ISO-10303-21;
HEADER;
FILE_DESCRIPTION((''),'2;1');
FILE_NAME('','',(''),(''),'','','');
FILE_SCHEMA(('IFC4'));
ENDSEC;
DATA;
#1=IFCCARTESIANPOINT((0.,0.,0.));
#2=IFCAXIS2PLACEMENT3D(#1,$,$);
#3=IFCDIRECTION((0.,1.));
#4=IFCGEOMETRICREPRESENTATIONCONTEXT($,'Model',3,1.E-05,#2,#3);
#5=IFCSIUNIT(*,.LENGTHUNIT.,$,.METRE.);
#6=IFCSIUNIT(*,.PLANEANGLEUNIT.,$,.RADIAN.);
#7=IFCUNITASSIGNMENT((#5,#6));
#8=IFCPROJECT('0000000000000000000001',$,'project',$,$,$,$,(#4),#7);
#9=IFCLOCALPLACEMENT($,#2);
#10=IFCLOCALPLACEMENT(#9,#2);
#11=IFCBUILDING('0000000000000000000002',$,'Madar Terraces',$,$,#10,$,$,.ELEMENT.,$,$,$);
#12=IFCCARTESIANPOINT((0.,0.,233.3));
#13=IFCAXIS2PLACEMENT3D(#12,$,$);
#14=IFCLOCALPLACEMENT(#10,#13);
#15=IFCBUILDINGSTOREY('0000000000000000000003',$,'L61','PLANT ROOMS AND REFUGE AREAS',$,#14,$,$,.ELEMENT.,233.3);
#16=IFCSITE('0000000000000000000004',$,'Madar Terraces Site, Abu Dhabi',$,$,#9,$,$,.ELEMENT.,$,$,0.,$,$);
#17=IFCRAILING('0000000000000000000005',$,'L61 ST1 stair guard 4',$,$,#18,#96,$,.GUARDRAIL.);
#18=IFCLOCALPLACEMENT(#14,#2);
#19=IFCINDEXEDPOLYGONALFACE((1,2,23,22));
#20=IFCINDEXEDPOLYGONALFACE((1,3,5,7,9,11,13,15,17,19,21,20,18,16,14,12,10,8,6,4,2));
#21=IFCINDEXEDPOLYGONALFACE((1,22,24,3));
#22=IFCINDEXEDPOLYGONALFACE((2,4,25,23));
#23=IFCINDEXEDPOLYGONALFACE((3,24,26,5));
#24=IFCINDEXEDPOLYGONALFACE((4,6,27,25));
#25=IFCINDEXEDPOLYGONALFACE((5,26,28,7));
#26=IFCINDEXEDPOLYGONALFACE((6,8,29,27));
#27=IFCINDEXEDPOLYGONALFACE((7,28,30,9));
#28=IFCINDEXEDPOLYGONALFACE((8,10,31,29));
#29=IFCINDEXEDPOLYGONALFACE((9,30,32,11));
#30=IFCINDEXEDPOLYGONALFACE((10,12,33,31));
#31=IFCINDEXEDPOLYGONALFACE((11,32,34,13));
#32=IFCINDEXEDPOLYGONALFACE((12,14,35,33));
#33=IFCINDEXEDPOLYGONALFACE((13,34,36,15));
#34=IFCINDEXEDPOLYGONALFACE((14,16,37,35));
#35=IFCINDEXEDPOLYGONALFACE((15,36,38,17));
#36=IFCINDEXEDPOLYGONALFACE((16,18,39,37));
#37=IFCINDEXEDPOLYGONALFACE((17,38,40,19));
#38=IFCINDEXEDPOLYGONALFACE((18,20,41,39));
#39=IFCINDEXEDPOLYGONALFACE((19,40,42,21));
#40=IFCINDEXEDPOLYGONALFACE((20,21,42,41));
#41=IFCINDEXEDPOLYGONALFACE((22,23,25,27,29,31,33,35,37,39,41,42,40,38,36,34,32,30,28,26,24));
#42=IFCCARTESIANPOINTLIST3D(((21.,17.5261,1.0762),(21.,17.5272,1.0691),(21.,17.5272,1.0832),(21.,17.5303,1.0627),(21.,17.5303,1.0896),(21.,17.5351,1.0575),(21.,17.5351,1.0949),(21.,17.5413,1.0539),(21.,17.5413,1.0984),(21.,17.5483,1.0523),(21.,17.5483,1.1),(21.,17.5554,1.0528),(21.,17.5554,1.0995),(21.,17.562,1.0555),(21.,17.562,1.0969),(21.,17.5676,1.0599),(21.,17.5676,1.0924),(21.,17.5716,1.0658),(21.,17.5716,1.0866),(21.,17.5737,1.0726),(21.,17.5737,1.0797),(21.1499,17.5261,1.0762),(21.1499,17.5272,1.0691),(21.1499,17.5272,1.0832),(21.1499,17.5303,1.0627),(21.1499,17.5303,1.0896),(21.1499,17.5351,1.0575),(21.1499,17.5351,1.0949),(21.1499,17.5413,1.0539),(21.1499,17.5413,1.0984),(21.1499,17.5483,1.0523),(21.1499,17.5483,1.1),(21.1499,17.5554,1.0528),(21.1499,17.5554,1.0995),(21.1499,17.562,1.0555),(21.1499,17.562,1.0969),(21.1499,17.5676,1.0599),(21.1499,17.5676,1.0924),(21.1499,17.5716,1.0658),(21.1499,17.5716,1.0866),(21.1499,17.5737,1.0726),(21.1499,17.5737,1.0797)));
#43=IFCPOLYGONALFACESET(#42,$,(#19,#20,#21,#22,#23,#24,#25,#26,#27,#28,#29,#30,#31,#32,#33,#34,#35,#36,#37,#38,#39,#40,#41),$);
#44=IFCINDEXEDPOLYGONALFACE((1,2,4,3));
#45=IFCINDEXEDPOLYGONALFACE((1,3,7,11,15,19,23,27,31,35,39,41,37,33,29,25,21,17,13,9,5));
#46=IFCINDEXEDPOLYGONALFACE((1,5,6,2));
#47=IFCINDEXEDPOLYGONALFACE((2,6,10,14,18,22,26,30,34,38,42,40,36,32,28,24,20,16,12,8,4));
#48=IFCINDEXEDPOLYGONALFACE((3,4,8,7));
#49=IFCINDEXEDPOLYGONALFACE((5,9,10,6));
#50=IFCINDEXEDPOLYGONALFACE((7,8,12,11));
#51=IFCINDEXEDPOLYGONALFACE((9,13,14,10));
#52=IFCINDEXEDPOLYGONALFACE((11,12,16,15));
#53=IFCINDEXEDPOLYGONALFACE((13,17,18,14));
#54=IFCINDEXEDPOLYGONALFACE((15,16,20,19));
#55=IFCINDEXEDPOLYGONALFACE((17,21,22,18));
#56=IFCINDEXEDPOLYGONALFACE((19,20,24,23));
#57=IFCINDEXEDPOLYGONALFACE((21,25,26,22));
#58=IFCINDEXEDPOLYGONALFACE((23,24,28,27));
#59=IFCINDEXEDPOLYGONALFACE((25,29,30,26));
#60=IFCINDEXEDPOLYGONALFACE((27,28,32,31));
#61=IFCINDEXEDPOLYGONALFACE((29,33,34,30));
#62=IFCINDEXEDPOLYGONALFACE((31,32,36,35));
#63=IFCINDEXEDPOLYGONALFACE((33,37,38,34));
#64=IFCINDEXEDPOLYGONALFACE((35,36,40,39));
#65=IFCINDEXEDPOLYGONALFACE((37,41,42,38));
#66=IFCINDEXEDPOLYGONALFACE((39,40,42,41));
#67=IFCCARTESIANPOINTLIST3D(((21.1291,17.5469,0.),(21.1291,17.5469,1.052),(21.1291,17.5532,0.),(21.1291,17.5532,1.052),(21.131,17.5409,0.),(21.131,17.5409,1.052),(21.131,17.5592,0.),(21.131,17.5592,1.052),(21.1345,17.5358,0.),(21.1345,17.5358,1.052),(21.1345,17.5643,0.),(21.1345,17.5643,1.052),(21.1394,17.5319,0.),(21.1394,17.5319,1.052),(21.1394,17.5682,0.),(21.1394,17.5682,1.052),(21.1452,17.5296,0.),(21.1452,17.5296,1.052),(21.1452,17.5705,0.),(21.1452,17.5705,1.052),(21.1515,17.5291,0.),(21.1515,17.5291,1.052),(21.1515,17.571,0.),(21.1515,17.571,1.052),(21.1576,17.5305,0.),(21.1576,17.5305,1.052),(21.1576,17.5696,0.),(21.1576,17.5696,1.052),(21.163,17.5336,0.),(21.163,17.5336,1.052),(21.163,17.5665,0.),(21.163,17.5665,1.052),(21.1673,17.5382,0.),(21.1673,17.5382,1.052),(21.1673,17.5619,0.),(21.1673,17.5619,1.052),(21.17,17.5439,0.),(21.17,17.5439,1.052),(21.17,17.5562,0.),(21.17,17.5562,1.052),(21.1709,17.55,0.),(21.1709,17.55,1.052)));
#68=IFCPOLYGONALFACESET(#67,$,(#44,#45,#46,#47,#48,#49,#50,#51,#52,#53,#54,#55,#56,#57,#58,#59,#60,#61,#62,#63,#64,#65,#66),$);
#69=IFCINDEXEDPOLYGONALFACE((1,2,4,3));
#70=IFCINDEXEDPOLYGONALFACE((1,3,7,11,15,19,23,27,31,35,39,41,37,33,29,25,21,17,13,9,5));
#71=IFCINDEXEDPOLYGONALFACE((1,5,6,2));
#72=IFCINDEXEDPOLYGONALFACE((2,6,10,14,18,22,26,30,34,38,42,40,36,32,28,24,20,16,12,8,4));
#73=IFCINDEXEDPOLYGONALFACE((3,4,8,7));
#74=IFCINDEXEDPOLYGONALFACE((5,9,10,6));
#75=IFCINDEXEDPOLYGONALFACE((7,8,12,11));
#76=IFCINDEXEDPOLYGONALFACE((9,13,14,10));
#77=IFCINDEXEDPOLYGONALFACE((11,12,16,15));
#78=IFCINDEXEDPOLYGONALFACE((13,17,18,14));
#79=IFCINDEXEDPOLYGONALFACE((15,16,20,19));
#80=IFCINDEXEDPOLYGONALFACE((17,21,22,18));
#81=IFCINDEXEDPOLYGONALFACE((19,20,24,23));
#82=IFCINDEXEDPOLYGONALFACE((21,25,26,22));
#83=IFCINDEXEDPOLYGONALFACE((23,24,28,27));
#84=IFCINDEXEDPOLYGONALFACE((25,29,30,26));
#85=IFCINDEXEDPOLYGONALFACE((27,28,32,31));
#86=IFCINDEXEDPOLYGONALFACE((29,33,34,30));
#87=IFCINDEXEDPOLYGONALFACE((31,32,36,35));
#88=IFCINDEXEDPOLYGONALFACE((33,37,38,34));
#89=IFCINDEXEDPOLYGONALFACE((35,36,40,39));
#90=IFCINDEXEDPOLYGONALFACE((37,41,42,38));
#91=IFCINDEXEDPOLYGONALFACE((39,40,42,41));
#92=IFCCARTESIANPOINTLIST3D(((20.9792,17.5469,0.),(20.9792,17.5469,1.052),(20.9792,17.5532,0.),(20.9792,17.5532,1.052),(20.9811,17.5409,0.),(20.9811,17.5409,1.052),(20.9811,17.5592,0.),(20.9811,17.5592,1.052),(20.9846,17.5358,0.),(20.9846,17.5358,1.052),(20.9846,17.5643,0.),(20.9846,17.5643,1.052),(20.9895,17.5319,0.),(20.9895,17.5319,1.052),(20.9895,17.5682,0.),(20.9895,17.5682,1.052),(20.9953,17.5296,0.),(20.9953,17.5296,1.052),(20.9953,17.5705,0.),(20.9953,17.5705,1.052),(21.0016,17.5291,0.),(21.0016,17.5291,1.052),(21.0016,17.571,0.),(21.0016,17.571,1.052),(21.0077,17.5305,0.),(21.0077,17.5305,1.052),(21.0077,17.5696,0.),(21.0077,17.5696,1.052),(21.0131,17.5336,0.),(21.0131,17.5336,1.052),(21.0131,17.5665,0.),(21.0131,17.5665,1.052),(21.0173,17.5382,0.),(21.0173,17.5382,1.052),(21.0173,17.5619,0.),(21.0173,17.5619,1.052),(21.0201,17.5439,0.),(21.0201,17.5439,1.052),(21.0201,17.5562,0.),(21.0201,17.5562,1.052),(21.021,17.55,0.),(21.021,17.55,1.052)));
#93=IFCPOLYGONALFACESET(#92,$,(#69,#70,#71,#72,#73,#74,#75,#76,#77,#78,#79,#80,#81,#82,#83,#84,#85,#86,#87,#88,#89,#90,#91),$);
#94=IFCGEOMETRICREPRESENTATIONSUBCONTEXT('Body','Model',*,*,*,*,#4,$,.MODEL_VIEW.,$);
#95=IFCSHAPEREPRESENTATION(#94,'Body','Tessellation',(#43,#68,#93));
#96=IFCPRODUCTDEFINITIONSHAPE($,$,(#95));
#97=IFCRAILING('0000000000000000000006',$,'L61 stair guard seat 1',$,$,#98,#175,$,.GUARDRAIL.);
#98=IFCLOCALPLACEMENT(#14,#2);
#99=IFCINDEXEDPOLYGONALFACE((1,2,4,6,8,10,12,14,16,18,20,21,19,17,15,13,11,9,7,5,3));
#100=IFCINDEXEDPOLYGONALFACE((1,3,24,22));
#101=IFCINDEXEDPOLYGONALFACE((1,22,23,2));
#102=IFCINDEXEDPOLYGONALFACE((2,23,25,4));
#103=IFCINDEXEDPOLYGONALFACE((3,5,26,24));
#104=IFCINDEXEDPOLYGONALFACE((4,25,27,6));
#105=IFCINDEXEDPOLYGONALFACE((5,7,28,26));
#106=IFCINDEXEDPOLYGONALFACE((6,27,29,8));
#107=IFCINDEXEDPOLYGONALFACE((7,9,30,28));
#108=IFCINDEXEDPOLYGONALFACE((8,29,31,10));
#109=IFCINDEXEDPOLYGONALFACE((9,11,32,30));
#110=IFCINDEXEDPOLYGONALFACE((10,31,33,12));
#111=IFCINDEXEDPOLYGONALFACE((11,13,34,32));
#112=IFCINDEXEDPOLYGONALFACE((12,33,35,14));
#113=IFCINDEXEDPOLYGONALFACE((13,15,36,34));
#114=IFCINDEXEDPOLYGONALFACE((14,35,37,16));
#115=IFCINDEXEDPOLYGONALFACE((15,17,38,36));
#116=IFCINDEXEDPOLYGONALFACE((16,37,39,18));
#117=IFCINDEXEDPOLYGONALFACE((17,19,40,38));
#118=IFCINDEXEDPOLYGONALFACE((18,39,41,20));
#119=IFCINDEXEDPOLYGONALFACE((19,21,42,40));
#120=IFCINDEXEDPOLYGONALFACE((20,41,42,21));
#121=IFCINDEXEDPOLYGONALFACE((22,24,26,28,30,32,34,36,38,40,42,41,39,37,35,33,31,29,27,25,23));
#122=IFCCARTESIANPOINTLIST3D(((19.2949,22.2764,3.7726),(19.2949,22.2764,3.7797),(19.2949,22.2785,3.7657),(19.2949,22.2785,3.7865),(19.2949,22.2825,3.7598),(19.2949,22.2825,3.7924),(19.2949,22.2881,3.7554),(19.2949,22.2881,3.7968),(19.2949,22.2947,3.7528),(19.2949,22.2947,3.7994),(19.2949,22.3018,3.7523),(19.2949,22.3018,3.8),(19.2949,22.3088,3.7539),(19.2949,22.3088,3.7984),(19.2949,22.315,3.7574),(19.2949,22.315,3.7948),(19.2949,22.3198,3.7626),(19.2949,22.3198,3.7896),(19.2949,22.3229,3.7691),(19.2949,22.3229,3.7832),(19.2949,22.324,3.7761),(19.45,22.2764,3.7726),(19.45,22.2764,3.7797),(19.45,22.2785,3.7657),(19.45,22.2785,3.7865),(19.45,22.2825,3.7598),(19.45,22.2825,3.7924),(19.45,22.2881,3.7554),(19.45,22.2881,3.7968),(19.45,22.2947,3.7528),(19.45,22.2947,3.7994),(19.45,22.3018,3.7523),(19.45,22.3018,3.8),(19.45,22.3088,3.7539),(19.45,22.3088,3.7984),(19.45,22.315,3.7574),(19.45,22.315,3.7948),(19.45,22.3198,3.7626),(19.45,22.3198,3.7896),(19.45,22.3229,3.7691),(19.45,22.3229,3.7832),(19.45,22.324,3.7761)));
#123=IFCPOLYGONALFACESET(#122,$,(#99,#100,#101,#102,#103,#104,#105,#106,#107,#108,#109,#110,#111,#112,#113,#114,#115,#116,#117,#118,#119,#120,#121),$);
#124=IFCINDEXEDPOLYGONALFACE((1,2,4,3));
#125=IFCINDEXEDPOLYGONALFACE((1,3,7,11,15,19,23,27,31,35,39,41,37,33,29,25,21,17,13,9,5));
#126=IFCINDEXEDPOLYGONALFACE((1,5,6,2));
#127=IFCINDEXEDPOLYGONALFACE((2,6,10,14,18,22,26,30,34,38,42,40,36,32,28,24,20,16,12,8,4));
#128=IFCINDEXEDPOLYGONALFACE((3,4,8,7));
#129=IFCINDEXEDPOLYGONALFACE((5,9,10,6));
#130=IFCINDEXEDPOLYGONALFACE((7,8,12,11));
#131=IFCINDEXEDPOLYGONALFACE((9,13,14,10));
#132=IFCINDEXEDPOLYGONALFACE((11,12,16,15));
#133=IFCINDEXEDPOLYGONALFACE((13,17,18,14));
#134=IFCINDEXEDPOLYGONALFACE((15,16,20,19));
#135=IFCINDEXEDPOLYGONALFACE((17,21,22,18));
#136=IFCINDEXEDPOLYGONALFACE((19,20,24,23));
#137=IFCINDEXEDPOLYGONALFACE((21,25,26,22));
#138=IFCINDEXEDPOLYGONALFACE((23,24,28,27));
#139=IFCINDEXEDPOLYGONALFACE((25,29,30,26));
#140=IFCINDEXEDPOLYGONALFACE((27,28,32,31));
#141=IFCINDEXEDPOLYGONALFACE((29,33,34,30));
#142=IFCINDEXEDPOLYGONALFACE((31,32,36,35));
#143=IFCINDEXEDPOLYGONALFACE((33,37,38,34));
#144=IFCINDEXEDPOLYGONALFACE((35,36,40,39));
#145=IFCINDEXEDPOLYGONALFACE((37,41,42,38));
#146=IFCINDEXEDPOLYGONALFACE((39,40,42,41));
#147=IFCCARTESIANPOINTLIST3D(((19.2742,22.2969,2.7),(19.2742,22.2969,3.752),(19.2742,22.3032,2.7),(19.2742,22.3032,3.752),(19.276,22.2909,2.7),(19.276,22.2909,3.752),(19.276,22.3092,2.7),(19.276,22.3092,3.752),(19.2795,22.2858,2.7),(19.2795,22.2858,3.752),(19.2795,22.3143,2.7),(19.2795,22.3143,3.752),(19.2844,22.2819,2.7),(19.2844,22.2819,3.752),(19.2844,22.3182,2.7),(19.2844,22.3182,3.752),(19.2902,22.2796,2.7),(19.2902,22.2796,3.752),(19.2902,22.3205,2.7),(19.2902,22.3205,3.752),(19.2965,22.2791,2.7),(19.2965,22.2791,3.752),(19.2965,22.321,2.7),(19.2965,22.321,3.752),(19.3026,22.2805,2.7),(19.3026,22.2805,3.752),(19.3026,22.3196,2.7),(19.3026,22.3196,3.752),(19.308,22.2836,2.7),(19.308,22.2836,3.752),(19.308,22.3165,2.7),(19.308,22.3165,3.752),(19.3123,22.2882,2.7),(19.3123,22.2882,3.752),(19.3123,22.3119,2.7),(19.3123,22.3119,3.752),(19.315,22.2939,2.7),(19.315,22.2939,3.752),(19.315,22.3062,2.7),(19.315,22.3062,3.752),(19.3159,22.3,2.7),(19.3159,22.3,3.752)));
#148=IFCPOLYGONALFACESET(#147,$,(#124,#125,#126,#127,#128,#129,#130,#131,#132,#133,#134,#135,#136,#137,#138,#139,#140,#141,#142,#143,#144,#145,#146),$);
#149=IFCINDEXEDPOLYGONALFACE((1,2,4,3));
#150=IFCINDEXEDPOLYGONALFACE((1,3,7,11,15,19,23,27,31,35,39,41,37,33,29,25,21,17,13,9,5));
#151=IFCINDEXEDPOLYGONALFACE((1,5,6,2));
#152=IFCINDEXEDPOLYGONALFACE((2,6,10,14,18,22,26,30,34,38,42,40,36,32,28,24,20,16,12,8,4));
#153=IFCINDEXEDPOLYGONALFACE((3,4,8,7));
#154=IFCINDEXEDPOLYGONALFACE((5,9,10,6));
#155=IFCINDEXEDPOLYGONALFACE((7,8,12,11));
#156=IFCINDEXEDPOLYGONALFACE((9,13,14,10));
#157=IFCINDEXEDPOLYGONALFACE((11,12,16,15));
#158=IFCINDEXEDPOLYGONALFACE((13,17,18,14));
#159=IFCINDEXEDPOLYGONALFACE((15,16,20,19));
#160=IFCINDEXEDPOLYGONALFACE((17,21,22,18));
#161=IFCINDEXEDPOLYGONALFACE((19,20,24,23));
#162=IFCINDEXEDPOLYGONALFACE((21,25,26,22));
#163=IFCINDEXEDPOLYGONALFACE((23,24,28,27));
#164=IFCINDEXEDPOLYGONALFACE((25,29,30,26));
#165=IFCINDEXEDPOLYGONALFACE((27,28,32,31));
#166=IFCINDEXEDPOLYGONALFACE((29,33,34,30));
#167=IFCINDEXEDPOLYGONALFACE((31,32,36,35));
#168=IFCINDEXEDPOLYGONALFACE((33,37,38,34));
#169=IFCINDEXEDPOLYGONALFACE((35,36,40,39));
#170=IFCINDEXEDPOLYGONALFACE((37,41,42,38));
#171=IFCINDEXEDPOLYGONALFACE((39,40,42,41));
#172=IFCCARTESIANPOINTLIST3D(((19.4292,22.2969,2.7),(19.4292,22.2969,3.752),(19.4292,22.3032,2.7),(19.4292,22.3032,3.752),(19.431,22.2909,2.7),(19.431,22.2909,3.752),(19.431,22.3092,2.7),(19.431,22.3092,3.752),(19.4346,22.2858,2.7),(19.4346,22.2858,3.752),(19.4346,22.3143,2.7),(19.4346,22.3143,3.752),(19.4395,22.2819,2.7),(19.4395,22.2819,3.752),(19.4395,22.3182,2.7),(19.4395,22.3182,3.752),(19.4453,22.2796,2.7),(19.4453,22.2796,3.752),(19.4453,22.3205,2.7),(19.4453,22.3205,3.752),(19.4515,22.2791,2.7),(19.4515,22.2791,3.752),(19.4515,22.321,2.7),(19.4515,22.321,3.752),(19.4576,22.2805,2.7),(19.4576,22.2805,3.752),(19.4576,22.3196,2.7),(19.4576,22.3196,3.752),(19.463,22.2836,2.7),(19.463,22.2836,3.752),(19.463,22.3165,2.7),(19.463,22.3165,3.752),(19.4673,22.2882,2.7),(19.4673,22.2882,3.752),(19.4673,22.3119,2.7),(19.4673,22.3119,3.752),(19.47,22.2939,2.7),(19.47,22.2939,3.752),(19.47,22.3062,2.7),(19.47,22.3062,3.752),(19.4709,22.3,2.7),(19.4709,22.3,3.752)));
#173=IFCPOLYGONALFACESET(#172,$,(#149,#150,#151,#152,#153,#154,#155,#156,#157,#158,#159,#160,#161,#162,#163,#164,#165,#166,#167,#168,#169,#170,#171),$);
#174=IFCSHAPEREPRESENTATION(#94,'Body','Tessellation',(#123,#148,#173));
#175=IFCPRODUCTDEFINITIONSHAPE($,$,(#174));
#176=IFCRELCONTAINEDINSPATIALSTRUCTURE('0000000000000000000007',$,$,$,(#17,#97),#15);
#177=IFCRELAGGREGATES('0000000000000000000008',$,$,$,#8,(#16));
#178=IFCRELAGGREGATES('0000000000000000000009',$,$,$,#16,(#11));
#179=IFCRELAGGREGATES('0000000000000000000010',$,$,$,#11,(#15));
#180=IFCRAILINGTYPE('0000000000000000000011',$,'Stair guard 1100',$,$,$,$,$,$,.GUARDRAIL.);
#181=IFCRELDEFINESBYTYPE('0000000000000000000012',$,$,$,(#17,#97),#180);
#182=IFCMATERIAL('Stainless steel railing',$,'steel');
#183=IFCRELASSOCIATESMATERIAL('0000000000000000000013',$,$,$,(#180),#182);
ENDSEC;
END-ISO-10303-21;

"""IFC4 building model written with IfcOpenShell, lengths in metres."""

from ifc_helpers import new_model, si_unit, direction, frame, origin, origin_2d, place, context, subcontext, project, spatial, circle, extrude, material, type_object, element, save


model = new_model("IFC4")

# Units and contexts
model_context = context("Model", 3, precision=1e-05, world=origin(), true_north=direction((0.0, 1.0)))
body_context = subcontext(model_context, "Body", "Model", "MODEL_VIEW")
ifc_project = project(units=[si_unit("LENGTHUNIT", "METRE"), si_unit("PLANEANGLEUNIT", "RADIAN")], contexts=[model_context])

# Site, building, storey
site_placement = place(None, origin())
site = spatial("IfcSite", under=ifc_project, at=site_placement, Name="Madar Terraces Site, Abu Dhabi", CompositionType="ELEMENT", RefElevation=0.0)
building_placement = place(site_placement, origin())
building = spatial("IfcBuilding", under=site, at=building_placement, Name="Madar Terraces", CompositionType="ELEMENT")
storey_placement = place(building_placement, frame((0.0, 0.0, 233.3)))
storey = spatial("IfcBuildingStorey", under=building, at=storey_placement, Name="L61", Description="PLANT ROOMS AND REFUGE AREAS", CompositionType="ELEMENT", Elevation=233.3)

# Railings
ifc_material_1 = material(Name="Stainless steel railing", Category="steel")
railing_type_1 = type_object("IfcRailingType", Name="Stair guard 1100", PredefinedType="GUARDRAIL", material=ifc_material_1)
railing_1_placement = place(storey_placement, frame((21.1499, 17.55, 0.0)))
element("IfcRailing", 1, at=railing_1_placement, inside=storey, type_object=railing_type_1, Name="L61 ST1 stair guard 4", PredefinedType="GUARDRAIL", context=body_context, shape_type="SweptSolid", body=[
    extrude(circle(Radius=0.0239, at=origin_2d()), frame((0.0, 0.0, 1.0762), z_axis=(-1.0, 0.0, 0.0), x_axis=(0.0, -1.0, 0.0)), (0.0, 0.0, 1.0), 0.1499),
    extrude(circle(Radius=0.021, at=origin_2d()), origin(), (0.0, 0.0, 1.0), 1.052),
    extrude(circle(Radius=0.021, at=origin_2d()), frame((-0.1499, 0.0, 0.0)), (0.0, 0.0, 1.0), 1.052),
])
for number, where, name in (
    (2, (19.2949, 22.3, 2.7), "L61 stair guard seat 1"),
):
    element("IfcRailing", number, at=place(storey_placement, frame(where)), inside=storey, type_object=railing_type_1, Name=name, PredefinedType="GUARDRAIL", context=body_context, shape_type="SweptSolid", body=[
        extrude(circle(Radius=0.0239, at=origin_2d()), frame((0.0, 0.0, 1.0762), z_axis=(1.0, 0.0, 0.0), x_axis=(0.0, 1.0, 0.0)), (0.0, 0.0, 1.0), 0.155),
        extrude(circle(Radius=0.021, at=origin_2d()), origin(), (0.0, 0.0, 1.0), 1.052),
        extrude(circle(Radius=0.021, at=origin_2d()), frame((0.155, 0.0, 0.0)), (0.0, 0.0, 1.0), 1.052),
    ])

save(model, "model.ifc")
